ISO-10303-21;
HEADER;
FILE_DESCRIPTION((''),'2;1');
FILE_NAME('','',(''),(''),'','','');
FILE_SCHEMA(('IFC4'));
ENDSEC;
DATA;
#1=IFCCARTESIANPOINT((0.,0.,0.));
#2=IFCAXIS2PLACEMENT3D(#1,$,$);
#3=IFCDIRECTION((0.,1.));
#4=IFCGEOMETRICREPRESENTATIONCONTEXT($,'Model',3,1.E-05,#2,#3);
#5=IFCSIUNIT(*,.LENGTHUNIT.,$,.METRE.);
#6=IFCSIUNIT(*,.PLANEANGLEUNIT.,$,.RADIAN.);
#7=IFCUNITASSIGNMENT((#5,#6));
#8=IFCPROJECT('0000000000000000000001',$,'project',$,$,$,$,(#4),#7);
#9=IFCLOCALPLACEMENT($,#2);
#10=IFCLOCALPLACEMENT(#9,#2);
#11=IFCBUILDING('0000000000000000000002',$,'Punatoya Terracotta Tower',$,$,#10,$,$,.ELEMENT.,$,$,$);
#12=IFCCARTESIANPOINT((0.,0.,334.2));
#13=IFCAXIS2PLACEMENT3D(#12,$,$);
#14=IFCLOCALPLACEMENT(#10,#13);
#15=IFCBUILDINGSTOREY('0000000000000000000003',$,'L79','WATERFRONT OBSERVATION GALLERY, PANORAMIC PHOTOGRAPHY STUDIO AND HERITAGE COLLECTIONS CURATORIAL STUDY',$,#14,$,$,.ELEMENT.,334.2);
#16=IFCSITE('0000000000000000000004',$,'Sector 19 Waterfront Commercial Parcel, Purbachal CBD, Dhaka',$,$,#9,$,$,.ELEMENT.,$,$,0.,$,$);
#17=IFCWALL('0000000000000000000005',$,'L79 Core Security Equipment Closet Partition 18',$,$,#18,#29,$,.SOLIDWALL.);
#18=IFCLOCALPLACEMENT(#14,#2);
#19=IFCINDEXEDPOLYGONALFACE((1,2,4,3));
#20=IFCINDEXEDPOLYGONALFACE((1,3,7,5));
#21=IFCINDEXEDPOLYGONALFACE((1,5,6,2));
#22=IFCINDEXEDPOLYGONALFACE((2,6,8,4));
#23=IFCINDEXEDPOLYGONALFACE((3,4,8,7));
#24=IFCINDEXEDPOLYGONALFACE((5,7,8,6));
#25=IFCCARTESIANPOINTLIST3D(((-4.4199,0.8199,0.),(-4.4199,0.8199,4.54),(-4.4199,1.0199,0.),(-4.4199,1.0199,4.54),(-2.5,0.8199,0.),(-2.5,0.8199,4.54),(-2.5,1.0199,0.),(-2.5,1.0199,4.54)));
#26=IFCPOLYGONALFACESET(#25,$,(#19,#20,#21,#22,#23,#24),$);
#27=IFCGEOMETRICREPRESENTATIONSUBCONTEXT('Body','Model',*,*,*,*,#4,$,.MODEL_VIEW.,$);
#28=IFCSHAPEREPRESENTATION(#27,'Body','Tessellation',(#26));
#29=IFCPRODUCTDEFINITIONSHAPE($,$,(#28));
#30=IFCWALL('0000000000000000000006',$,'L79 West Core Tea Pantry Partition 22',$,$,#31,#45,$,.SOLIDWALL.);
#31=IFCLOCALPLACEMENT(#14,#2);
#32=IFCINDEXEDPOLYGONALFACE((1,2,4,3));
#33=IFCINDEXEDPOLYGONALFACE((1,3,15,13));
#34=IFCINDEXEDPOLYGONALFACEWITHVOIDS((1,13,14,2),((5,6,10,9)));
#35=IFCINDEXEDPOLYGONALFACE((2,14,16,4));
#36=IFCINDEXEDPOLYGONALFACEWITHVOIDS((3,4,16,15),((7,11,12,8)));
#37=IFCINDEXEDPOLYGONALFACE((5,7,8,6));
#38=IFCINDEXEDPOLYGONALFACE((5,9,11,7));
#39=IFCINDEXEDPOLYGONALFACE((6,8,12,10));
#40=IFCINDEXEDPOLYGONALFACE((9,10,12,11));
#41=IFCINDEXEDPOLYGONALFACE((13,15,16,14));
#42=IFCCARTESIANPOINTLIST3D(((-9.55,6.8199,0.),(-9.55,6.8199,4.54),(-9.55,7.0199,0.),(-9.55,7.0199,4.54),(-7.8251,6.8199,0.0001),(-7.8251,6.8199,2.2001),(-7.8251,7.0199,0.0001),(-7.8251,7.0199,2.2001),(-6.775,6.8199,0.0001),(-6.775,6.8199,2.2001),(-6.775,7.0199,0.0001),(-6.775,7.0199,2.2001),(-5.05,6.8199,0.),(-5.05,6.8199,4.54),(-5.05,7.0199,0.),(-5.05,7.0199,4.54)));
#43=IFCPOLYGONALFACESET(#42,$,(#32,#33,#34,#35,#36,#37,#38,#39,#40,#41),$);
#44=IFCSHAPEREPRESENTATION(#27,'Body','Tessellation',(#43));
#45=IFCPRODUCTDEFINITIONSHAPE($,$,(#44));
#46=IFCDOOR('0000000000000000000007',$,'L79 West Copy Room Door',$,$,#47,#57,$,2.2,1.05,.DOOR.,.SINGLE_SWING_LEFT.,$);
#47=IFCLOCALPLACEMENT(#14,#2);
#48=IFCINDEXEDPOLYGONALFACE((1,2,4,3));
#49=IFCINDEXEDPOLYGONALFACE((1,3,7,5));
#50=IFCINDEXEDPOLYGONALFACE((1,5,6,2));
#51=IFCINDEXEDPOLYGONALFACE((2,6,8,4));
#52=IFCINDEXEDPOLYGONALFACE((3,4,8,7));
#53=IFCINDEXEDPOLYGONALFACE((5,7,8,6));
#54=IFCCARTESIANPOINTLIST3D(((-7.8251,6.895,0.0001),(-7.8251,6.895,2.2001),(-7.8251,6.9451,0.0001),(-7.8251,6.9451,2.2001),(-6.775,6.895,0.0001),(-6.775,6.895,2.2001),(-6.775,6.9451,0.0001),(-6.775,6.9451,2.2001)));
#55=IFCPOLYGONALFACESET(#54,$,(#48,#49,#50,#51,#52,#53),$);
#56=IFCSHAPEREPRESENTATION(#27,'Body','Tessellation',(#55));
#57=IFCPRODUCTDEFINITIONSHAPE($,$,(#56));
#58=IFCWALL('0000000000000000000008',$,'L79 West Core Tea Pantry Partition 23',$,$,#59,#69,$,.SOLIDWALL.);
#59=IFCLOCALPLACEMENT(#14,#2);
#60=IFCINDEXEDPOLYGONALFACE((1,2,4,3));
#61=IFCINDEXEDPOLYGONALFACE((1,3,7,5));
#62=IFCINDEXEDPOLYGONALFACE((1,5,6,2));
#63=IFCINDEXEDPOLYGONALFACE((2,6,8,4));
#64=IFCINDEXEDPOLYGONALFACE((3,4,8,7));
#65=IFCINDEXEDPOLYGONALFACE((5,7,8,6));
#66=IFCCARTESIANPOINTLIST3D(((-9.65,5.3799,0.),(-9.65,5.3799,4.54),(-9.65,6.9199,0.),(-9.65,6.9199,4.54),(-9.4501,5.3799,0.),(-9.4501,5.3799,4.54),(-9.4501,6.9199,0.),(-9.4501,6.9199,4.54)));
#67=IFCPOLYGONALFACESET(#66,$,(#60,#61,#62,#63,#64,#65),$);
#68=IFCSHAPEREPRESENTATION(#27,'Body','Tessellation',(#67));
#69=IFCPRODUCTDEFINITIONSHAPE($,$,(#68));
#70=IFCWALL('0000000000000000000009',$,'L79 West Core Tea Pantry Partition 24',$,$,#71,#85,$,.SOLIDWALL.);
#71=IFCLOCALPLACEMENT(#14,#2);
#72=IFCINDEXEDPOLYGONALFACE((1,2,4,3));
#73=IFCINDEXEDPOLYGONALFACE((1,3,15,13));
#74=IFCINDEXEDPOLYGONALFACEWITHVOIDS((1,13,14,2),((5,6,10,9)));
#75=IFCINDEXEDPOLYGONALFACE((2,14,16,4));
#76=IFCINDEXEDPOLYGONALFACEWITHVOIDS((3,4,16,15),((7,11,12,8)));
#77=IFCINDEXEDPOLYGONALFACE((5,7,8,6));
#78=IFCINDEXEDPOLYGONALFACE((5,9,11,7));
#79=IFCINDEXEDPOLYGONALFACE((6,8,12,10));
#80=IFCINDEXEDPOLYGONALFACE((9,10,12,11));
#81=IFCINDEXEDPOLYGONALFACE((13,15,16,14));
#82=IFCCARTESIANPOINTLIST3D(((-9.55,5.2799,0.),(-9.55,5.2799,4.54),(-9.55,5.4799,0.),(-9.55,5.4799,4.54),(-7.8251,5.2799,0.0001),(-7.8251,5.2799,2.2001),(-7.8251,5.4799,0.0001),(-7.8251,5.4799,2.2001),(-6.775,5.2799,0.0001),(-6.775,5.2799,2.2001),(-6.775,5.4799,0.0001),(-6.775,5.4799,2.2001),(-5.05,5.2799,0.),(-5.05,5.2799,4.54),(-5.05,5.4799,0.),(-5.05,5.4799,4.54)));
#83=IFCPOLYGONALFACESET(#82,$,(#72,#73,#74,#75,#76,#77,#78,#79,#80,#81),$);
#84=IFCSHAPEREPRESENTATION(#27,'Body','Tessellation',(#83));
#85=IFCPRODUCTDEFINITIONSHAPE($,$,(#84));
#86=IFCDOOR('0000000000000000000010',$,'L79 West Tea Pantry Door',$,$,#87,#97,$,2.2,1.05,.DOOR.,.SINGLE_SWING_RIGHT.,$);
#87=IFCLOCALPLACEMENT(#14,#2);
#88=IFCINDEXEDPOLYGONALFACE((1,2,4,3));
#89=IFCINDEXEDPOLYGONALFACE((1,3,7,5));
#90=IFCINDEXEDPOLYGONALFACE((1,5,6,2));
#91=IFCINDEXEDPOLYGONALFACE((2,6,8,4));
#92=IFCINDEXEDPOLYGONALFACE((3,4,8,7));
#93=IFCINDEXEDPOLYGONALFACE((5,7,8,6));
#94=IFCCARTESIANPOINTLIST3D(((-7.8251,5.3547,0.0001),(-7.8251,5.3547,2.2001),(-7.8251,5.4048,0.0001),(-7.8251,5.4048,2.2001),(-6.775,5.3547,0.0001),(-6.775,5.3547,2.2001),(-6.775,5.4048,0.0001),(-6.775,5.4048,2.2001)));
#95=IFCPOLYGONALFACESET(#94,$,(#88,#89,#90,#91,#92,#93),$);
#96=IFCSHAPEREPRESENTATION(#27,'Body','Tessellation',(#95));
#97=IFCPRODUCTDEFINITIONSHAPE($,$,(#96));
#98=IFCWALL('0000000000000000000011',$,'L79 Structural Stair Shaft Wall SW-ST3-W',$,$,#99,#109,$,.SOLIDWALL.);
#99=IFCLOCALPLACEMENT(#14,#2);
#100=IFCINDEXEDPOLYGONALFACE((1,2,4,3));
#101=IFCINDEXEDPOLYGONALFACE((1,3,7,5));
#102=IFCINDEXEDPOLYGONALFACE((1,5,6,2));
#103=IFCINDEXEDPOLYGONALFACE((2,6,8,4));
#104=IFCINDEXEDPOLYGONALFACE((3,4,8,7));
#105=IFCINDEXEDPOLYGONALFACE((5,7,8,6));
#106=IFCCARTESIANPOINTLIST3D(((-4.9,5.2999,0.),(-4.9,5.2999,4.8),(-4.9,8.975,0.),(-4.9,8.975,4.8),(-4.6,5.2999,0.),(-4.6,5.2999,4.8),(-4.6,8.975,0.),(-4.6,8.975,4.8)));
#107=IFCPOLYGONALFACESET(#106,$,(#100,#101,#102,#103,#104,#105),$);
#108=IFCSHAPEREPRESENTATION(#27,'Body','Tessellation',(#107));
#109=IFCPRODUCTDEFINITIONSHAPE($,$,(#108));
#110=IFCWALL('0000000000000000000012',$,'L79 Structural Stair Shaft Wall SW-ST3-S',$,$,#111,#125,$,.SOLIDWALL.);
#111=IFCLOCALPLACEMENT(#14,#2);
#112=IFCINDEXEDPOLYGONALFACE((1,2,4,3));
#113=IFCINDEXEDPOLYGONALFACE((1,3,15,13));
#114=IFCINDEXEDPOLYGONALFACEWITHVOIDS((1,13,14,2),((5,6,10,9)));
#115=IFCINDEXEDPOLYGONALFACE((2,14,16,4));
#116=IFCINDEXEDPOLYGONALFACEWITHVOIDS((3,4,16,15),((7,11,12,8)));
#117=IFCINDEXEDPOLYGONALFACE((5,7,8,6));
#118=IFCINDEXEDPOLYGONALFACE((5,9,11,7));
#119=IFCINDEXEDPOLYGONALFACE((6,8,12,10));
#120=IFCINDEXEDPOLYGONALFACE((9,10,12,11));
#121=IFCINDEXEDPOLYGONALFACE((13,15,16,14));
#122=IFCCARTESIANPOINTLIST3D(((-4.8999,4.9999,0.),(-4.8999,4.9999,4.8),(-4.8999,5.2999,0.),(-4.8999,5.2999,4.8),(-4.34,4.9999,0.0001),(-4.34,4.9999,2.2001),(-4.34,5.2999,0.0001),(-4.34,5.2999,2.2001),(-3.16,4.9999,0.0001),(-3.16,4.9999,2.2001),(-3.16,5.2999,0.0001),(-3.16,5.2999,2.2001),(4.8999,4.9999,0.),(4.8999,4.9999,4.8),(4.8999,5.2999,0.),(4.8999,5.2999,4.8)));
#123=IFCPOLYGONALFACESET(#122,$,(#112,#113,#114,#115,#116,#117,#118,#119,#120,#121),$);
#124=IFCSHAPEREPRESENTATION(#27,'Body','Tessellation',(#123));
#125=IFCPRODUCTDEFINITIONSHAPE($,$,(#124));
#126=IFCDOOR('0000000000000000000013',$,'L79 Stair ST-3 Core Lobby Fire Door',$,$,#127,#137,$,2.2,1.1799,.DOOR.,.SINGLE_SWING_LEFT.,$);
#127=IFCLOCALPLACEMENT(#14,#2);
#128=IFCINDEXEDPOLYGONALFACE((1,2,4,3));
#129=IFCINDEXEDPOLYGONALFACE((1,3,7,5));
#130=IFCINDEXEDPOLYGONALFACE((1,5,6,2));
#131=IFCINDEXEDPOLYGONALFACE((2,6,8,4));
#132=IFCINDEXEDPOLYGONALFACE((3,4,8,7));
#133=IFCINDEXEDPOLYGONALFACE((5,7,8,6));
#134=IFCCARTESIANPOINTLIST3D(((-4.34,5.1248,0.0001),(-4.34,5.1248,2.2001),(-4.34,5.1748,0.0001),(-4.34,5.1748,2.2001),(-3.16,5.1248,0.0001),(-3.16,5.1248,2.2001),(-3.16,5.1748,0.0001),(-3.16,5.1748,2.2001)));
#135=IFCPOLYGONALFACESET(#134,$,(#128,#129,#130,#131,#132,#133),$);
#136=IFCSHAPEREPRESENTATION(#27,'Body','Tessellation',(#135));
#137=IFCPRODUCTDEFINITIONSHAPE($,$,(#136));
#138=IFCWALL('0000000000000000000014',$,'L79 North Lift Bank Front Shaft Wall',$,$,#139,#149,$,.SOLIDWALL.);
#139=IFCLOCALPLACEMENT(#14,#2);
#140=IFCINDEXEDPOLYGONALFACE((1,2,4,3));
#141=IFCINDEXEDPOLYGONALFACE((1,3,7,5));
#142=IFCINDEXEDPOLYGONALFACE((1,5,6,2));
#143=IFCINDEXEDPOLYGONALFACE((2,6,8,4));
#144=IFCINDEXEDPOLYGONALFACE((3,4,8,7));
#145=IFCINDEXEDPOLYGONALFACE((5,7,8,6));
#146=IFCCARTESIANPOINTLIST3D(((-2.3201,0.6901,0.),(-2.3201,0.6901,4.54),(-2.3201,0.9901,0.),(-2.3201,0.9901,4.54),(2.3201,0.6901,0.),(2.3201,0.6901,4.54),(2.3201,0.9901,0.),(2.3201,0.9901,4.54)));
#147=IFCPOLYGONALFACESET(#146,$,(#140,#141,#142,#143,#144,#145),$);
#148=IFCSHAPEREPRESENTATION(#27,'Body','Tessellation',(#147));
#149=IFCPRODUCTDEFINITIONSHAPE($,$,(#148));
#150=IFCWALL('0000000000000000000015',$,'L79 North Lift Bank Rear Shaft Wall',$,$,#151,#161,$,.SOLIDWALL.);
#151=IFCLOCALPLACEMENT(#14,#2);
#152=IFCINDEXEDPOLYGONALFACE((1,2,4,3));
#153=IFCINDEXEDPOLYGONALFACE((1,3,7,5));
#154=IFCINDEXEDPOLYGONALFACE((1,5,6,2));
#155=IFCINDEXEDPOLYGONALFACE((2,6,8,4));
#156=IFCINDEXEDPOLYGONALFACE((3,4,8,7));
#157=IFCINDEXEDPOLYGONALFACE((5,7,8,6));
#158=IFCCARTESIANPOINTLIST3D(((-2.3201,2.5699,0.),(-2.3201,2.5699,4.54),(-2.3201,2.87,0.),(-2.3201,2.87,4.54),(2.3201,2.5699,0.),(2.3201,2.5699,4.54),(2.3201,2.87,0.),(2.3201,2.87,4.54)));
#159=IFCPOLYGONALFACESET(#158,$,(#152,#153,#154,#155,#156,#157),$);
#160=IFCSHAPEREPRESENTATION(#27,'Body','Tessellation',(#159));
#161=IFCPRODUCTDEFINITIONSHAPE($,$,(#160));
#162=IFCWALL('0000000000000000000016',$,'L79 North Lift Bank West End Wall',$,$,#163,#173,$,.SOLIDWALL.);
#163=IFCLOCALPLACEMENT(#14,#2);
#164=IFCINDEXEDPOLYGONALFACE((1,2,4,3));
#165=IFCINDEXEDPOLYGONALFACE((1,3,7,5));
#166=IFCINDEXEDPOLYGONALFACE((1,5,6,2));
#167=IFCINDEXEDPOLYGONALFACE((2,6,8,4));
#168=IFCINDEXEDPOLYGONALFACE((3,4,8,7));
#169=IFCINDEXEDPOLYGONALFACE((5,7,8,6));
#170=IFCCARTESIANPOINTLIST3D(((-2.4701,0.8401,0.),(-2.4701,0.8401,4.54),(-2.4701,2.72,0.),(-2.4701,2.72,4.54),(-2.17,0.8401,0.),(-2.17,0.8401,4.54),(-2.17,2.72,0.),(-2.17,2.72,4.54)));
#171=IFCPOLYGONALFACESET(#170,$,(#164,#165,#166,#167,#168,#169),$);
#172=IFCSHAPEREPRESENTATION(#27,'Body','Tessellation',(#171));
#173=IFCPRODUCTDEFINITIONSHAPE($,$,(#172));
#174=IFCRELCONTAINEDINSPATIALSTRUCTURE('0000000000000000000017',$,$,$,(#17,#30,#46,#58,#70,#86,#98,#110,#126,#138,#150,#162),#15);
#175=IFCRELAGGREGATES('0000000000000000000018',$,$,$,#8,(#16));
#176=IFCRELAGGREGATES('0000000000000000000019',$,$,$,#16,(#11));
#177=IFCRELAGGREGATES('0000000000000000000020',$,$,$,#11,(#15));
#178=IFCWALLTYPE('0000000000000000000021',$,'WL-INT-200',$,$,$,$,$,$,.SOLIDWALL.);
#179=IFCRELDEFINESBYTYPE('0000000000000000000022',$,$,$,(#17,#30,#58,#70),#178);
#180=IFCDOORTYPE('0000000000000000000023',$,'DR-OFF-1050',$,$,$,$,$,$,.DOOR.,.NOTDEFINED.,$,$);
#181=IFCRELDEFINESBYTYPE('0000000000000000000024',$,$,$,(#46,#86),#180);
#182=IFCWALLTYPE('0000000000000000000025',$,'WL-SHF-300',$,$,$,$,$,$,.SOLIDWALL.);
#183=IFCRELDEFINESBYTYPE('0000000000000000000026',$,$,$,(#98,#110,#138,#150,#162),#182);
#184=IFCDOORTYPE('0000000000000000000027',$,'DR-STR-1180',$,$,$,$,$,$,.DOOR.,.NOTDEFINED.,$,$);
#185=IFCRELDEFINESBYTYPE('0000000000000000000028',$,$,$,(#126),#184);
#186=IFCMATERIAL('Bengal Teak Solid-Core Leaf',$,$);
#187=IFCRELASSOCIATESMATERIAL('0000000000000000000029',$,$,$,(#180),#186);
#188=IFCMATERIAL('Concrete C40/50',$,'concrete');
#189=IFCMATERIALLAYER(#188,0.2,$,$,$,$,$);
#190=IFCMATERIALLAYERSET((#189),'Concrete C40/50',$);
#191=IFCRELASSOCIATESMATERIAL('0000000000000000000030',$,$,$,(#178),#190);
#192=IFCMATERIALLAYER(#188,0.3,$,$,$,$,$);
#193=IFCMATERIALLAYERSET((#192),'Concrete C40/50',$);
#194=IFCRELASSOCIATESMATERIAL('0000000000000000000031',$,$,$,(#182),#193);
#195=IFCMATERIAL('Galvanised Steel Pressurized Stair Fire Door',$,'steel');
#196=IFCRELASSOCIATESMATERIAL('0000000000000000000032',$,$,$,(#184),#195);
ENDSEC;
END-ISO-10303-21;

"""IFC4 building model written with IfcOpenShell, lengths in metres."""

from ifc_helpers import new_model, si_unit, direction, frame, frame_2d, origin, place, context, subcontext, project, spatial, rectangle, extrude, material, layer, layer_set, type_object, element, fill, save


model = new_model("IFC4")

# Units and contexts
model_context = context("Model", 3, precision=1e-05, world=origin(), true_north=direction((0.0, 1.0)))
body_context = subcontext(model_context, "Body", "Model", "MODEL_VIEW")
ifc_project = project(units=[si_unit("LENGTHUNIT", "METRE"), si_unit("PLANEANGLEUNIT", "RADIAN")], contexts=[model_context])

# Site, building, storey
site_placement = place(None, origin())
site = spatial("IfcSite", under=ifc_project, at=site_placement, Name="Sector 19 Waterfront Commercial Parcel, Purbachal CBD, Dhaka", CompositionType="ELEMENT", RefElevation=0.0)
building_placement = place(site_placement, origin())
building = spatial("IfcBuilding", under=site, at=building_placement, Name="Punatoya Terracotta Tower", CompositionType="ELEMENT")
storey_placement = place(building_placement, frame((0.0, 0.0, 334.2)))
storey = spatial("IfcBuildingStorey", under=building, at=storey_placement, Name="L79", Description="WATERFRONT OBSERVATION GALLERY, PANORAMIC PHOTOGRAPHY STUDIO AND HERITAGE COLLECTIONS CURATORIAL STUDY", CompositionType="ELEMENT", Elevation=334.2)

# Shared definitions
ifc_material_1 = material(Name="Concrete C40/50", Category="concrete")

# Shared definitions
ifc_material_2 = material(Name="Bengal Teak Solid-Core Leaf")
door_type_1 = type_object("IfcDoorType", Name="DR-OFF-1050", OperationType="NOTDEFINED", PredefinedType="DOOR", material=ifc_material_2)
ifc_layer_1 = layer(ifc_material_1, 0.2)
ifc_layer_set_1 = layer_set([ifc_layer_1], Name="Concrete C40/50")
wall_type_1 = type_object("IfcWallType", Name="WL-INT-200", PredefinedType="SOLIDWALL", material=ifc_layer_set_1)

# Wall
wall_1_placement = place(storey_placement, frame((-4.4199, 0.9199, 0.0), z_axis=(0.0, 0.0, 1.0), x_axis=(1.0, 0.0, 0.0)))
element("IfcWall", 1, at=wall_1_placement, inside=storey, type_object=wall_type_1, Name="L79 Core Security Equipment Closet Partition 18", PredefinedType="SOLIDWALL", context=body_context, shape_type="SweptSolid", body=[
    extrude(rectangle(XDim=1.9199, YDim=0.2, at=frame_2d((0.96, 0.0))), origin(), (0.0, 0.0, 1.0), 4.54),
])

# Wall, opening, door
wall_2_placement = place(storey_placement, frame((-5.05, 6.9199, 0.0), z_axis=(0.0, 0.0, 1.0), x_axis=(-1.0, 0.0, 0.0)))
wall_2 = element("IfcWall", 2, at=wall_2_placement, inside=storey, type_object=wall_type_1, Name="L79 West Core Tea Pantry Partition 22", PredefinedType="SOLIDWALL", context=body_context, shape_type="SweptSolid", body=[
    extrude(rectangle(XDim=4.5, YDim=0.2, at=frame_2d((2.25, 0.0))), origin(), (0.0, 0.0, 1.0), 4.54),
])
opening_1_placement = place(wall_2_placement, frame((1.7251, 0.0, 0.0)))
opening_1 = element("IfcOpeningElement", 3, at=opening_1_placement, cuts=wall_2, PredefinedType="OPENING", context=body_context, shape_type="SweptSolid", body=[
    extrude(rectangle(XDim=1.05, YDim=2.2, at=frame_2d((0.5249, 1.1001))), frame((0.0, 0.1099, 0.0), z_axis=(0.0, -1.0, 0.0), x_axis=(1.0, 0.0, 0.0)), (0.0, 0.0, 1.0), 0.22),
])
door_1_placement = place(opening_1_placement, origin())
door_1 = element("IfcDoor", 4, at=door_1_placement, inside=storey, type_object=door_type_1, Name="L79 West Copy Room Door", OperationType="SINGLE_SWING_LEFT", OverallHeight=2.2, OverallWidth=1.05, PredefinedType="DOOR", context=body_context, shape_type="SweptSolid", body=[
    extrude(rectangle(XDim=1.05, YDim=2.2, at=frame_2d((0.5249, 1.1001))), frame((0.0, 0.0249, 0.0), z_axis=(0.0, -1.0, 0.0), x_axis=(1.0, 0.0, 0.0)), (0.0, 0.0, 1.0), 0.05),
])
fill(opening_1, door_1)

# Wall
wall_3_placement = place(storey_placement, frame((-9.55, 6.9199, 0.0), z_axis=(0.0, 0.0, 1.0), x_axis=(0.0, -1.0, 0.0)))
element("IfcWall", 5, at=wall_3_placement, inside=storey, type_object=wall_type_1, Name="L79 West Core Tea Pantry Partition 23", PredefinedType="SOLIDWALL", context=body_context, shape_type="SweptSolid", body=[
    extrude(rectangle(XDim=1.54, YDim=0.2, at=frame_2d((0.77, 0.0))), origin(), (0.0, 0.0, 1.0), 4.54),
])

# Wall, opening, door
wall_4_placement = place(storey_placement, frame((-9.55, 5.3799, 0.0), z_axis=(0.0, 0.0, 1.0), x_axis=(1.0, 0.0, 0.0)))
wall_4 = element("IfcWall", 6, at=wall_4_placement, inside=storey, type_object=wall_type_1, Name="L79 West Core Tea Pantry Partition 24", PredefinedType="SOLIDWALL", context=body_context, shape_type="SweptSolid", body=[
    extrude(rectangle(XDim=4.5, YDim=0.2, at=frame_2d((2.25, 0.0))), origin(), (0.0, 0.0, 1.0), 4.54),
])
opening_2_placement = place(wall_4_placement, frame((1.7251, 0.0, 0.0)))
opening_2 = element("IfcOpeningElement", 7, at=opening_2_placement, cuts=wall_4, PredefinedType="OPENING", context=body_context, shape_type="SweptSolid", body=[
    extrude(rectangle(XDim=1.05, YDim=2.2, at=frame_2d((0.5249, 1.1001))), frame((0.0, 0.1099, 0.0), z_axis=(0.0, -1.0, 0.0), x_axis=(1.0, 0.0, 0.0)), (0.0, 0.0, 1.0), 0.22),
])
door_2_placement = place(opening_2_placement, origin())
door_2 = element("IfcDoor", 8, at=door_2_placement, inside=storey, type_object=door_type_1, Name="L79 West Tea Pantry Door", OperationType="SINGLE_SWING_RIGHT", OverallHeight=2.2, OverallWidth=1.05, PredefinedType="DOOR", context=body_context, shape_type="SweptSolid", body=[
    extrude(rectangle(XDim=1.05, YDim=2.2, at=frame_2d((0.5249, 1.1001))), frame((0.0, 0.0249, 0.0), z_axis=(0.0, -1.0, 0.0), x_axis=(1.0, 0.0, 0.0)), (0.0, 0.0, 1.0), 0.05),
])
fill(opening_2, door_2)

# Wall
ifc_layer_2 = layer(ifc_material_1, 0.3)
ifc_layer_set_2 = layer_set([ifc_layer_2], Name="Concrete C40/50")
wall_type_2 = type_object("IfcWallType", Name="WL-SHF-300", PredefinedType="SOLIDWALL", material=ifc_layer_set_2)
wall_5_placement = place(storey_placement, frame((-4.75, 5.3, 0.0), z_axis=(0.0, 0.0, 1.0), x_axis=(0.0, 1.0, 0.0)))
element("IfcWall", 9, at=wall_5_placement, inside=storey, type_object=wall_type_2, Name="L79 Structural Stair Shaft Wall SW-ST3-W", PredefinedType="SOLIDWALL", context=body_context, shape_type="SweptSolid", body=[
    extrude(rectangle(XDim=3.675, YDim=0.3, at=frame_2d((1.8374, 0.0))), origin(), (0.0, 0.0, 1.0), 4.8),
])

# Wall, opening, door
wall_6_placement = place(storey_placement, frame((-4.8999, 5.1499, 0.0), z_axis=(0.0, 0.0, 1.0), x_axis=(1.0, 0.0, 0.0)))
wall_6 = element("IfcWall", 10, at=wall_6_placement, inside=storey, type_object=wall_type_2, Name="L79 Structural Stair Shaft Wall SW-ST3-S", PredefinedType="SOLIDWALL", context=body_context, shape_type="SweptSolid", body=[
    extrude(rectangle(XDim=9.7998, YDim=0.3, at=frame_2d((4.8999, 0.0))), origin(), (0.0, 0.0, 1.0), 4.8),
])
opening_3_placement = place(wall_6_placement, frame((0.5601, 0.0, 0.0)))
opening_3 = element("IfcOpeningElement", 11, at=opening_3_placement, cuts=wall_6, PredefinedType="OPENING", context=body_context, shape_type="SweptSolid", body=[
    extrude(rectangle(XDim=1.1799, YDim=2.2, at=frame_2d((0.5898, 1.1001))), frame((0.0, 0.1599, 0.0), z_axis=(0.0, -1.0, 0.0), x_axis=(1.0, 0.0, 0.0)), (0.0, 0.0, 1.0), 0.3201),
])
ifc_material_3 = material(Name="Galvanised Steel Pressurized Stair Fire Door", Category="steel")
door_type_2 = type_object("IfcDoorType", Name="DR-STR-1180", OperationType="NOTDEFINED", PredefinedType="DOOR", material=ifc_material_3)
door_3_placement = place(opening_3_placement, origin())
door_3 = element("IfcDoor", 12, at=door_3_placement, inside=storey, type_object=door_type_2, Name="L79 Stair ST-3 Core Lobby Fire Door", OperationType="SINGLE_SWING_LEFT", OverallHeight=2.2, OverallWidth=1.1799, PredefinedType="DOOR", context=body_context, shape_type="SweptSolid", body=[
    extrude(rectangle(XDim=1.1799, YDim=2.2, at=frame_2d((0.5898, 1.1001))), frame((0.0, 0.0249, 0.0), z_axis=(0.0, -1.0, 0.0), x_axis=(1.0, 0.0, 0.0)), (0.0, 0.0, 1.0), 0.05),
])
fill(opening_3, door_3)

# Walls
for number, where, z_axis, x_axis, name in (
    (13, (-2.3201, 0.8401, 0.0), (0.0, 0.0, 1.0), (1.0, 0.0, 0.0), "L79 North Lift Bank Front Shaft Wall"),
    (14, (-2.3201, 2.72, 0.0), (0.0, 0.0, 1.0), (1.0, 0.0, 0.0), "L79 North Lift Bank Rear Shaft Wall"),
):
    element("IfcWall", number, at=place(storey_placement, frame(where, z_axis=z_axis, x_axis=x_axis)), inside=storey, type_object=wall_type_2, Name=name, PredefinedType="SOLIDWALL", context=body_context, shape_type="SweptSolid", body=[
        extrude(rectangle(XDim=4.6401, YDim=0.3, at=frame_2d((2.3201, 0.0))), origin(), (0.0, 0.0, 1.0), 4.54),
    ])
wall_7_placement = place(storey_placement, frame((-2.3201, 0.8401, 0.0), z_axis=(0.0, 0.0, 1.0), x_axis=(0.0, 1.0, 0.0)))
element("IfcWall", 15, at=wall_7_placement, inside=storey, type_object=wall_type_2, Name="L79 North Lift Bank West End Wall", PredefinedType="SOLIDWALL", context=body_context, shape_type="SweptSolid", body=[
    extrude(rectangle(XDim=1.8799, YDim=0.3, at=frame_2d((0.9399, 0.0))), origin(), (0.0, 0.0, 1.0), 4.54),
])

save(model, "model.ifc")
